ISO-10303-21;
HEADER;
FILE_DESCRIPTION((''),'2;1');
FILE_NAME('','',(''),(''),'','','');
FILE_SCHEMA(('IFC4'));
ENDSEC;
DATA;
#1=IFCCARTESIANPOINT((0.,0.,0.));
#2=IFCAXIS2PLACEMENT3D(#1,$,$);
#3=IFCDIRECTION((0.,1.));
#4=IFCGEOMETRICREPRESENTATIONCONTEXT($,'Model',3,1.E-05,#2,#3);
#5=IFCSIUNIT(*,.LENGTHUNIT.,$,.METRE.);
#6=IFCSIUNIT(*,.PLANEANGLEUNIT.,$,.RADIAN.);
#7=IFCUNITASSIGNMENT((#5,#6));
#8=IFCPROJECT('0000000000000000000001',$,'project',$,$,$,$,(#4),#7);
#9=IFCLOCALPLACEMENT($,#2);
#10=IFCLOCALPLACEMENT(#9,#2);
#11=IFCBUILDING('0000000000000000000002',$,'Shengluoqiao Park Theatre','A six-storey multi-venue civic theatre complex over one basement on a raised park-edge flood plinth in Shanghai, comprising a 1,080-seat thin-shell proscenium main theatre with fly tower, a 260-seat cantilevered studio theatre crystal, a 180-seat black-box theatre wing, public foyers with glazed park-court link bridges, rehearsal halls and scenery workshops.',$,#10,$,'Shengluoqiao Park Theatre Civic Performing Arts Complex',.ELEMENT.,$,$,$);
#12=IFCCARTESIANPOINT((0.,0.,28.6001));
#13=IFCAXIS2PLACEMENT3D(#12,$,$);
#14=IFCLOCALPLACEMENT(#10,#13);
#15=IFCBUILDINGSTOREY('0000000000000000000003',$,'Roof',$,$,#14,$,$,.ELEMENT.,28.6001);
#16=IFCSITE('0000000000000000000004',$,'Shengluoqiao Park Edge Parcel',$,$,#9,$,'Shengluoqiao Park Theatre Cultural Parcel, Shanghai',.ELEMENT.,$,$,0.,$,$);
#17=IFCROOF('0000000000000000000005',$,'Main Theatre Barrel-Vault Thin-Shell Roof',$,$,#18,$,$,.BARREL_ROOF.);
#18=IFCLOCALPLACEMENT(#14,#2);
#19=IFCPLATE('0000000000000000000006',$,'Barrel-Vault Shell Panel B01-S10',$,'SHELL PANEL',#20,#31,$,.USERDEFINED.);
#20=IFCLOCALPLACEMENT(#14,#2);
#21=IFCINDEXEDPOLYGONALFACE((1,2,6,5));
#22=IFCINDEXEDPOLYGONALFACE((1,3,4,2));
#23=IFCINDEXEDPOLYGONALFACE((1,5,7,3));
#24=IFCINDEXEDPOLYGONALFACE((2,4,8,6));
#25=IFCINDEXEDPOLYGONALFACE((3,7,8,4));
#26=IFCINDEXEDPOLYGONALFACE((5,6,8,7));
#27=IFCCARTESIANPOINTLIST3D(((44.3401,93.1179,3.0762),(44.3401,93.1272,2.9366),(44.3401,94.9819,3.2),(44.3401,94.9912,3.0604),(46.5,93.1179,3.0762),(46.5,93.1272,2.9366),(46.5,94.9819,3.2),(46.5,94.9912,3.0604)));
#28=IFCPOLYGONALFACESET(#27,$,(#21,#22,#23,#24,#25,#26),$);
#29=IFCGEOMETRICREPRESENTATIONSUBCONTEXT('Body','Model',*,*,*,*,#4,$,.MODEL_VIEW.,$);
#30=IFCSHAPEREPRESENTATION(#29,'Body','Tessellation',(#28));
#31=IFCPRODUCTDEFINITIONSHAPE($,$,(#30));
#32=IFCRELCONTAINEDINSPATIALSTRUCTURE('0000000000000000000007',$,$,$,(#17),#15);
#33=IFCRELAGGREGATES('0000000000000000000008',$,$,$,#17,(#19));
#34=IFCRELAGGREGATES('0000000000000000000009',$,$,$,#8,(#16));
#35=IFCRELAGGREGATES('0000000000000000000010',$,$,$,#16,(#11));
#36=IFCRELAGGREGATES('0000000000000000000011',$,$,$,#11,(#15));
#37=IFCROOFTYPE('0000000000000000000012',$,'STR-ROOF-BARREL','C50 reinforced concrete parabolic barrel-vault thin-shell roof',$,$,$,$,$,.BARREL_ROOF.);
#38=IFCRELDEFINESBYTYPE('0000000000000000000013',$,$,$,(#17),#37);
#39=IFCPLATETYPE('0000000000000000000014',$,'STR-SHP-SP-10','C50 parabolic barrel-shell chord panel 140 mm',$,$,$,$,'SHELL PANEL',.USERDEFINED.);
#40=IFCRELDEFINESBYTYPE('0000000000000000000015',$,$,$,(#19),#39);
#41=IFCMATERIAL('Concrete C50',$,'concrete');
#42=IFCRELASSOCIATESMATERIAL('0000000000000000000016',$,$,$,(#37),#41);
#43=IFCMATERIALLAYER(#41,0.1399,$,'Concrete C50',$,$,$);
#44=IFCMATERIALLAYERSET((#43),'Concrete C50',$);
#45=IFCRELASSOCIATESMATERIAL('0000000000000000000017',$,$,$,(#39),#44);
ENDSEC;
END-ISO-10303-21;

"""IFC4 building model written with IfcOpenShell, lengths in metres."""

from ifc_helpers import new_model, si_unit, direction, frame, origin, place, context, subcontext, project, spatial, polyline, outline, extrude, material, layer, layer_set, type_object, element, aggregate, save


model = new_model("IFC4")

# Units and contexts
model_context = context("Model", 3, precision=1e-05, world=origin(), true_north=direction((0.0, 1.0)))
body_context = subcontext(model_context, "Body", "Model", "MODEL_VIEW")
ifc_project = project(units=[si_unit("LENGTHUNIT", "METRE"), si_unit("PLANEANGLEUNIT", "RADIAN")], contexts=[model_context])

# Site, building, storey
site_placement = place(None, origin())
site = spatial("IfcSite", under=ifc_project, at=site_placement, Name="Shengluoqiao Park Edge Parcel", LongName="Shengluoqiao Park Theatre Cultural Parcel, Shanghai", CompositionType="ELEMENT", RefElevation=0.0)
building_placement = place(site_placement, origin())
building = spatial("IfcBuilding", under=site, at=building_placement, Name="Shengluoqiao Park Theatre", Description="A six-storey multi-venue civic theatre complex over one basement on a raised park-edge flood plinth in Shanghai, comprising a 1,080-seat thin-shell proscenium main theatre with fly tower, a 260-seat cantilevered studio theatre crystal, a 180-seat black-box theatre wing, public foyers with glazed park-court link bridges, rehearsal halls and scenery workshops.", LongName="Shengluoqiao Park Theatre Civic Performing Arts Complex", CompositionType="ELEMENT")
storey_placement = place(building_placement, frame((0.0, 0.0, 28.6001)))
storey = spatial("IfcBuildingStorey", under=building, at=storey_placement, Name="Roof", CompositionType="ELEMENT", Elevation=28.6001)

# Shared definitions
ifc_material_1 = material(Name="Concrete C50", Category="concrete")

# Roof, plate
roof_type = type_object("IfcRoofType", Name="STR-ROOF-BARREL", Description="C50 reinforced concrete parabolic barrel-vault thin-shell roof", PredefinedType="BARREL_ROOF", material=ifc_material_1)
roof_placement = place(storey_placement, origin())
roof = element("IfcRoof", 1, at=roof_placement, inside=storey, type_object=roof_type, Name="Main Theatre Barrel-Vault Thin-Shell Roof", PredefinedType="BARREL_ROOF")
ifc_layer_1 = layer(ifc_material_1, 0.1399, Name="Concrete C50")
ifc_layer_set_1 = layer_set([ifc_layer_1], Name="Concrete C50")
plate_type_1 = type_object("IfcPlateType", Name="STR-SHP-SP-10", Description="C50 parabolic barrel-shell chord panel 140 mm", ElementType="SHELL PANEL", PredefinedType="USERDEFINED", material=ifc_layer_set_1)
plate_1_placement = place(storey_placement, frame((44.3401, 93.1179, 3.0762), z_axis=(0.0, -0.066259, 0.997802), x_axis=(1.0, 0.0, 0.0)))
plate_1 = element("IfcPlate", 2, at=plate_1_placement, type_object=plate_type_1, Name="Barrel-Vault Shell Panel B01-S10", ObjectType="SHELL PANEL", PredefinedType="USERDEFINED", context=body_context, shape_type="SweptSolid", body=[
    extrude(outline(polyline([(0.0, 0.0), (2.1599, 0.0), (2.1599, 1.8681), (0.0, 1.8681), (0.0, 0.0)])), origin(), (0.0, 0.0, -1.0), 0.1399),
])
aggregate(roof, [plate_1])

save(model, "model.ifc")
